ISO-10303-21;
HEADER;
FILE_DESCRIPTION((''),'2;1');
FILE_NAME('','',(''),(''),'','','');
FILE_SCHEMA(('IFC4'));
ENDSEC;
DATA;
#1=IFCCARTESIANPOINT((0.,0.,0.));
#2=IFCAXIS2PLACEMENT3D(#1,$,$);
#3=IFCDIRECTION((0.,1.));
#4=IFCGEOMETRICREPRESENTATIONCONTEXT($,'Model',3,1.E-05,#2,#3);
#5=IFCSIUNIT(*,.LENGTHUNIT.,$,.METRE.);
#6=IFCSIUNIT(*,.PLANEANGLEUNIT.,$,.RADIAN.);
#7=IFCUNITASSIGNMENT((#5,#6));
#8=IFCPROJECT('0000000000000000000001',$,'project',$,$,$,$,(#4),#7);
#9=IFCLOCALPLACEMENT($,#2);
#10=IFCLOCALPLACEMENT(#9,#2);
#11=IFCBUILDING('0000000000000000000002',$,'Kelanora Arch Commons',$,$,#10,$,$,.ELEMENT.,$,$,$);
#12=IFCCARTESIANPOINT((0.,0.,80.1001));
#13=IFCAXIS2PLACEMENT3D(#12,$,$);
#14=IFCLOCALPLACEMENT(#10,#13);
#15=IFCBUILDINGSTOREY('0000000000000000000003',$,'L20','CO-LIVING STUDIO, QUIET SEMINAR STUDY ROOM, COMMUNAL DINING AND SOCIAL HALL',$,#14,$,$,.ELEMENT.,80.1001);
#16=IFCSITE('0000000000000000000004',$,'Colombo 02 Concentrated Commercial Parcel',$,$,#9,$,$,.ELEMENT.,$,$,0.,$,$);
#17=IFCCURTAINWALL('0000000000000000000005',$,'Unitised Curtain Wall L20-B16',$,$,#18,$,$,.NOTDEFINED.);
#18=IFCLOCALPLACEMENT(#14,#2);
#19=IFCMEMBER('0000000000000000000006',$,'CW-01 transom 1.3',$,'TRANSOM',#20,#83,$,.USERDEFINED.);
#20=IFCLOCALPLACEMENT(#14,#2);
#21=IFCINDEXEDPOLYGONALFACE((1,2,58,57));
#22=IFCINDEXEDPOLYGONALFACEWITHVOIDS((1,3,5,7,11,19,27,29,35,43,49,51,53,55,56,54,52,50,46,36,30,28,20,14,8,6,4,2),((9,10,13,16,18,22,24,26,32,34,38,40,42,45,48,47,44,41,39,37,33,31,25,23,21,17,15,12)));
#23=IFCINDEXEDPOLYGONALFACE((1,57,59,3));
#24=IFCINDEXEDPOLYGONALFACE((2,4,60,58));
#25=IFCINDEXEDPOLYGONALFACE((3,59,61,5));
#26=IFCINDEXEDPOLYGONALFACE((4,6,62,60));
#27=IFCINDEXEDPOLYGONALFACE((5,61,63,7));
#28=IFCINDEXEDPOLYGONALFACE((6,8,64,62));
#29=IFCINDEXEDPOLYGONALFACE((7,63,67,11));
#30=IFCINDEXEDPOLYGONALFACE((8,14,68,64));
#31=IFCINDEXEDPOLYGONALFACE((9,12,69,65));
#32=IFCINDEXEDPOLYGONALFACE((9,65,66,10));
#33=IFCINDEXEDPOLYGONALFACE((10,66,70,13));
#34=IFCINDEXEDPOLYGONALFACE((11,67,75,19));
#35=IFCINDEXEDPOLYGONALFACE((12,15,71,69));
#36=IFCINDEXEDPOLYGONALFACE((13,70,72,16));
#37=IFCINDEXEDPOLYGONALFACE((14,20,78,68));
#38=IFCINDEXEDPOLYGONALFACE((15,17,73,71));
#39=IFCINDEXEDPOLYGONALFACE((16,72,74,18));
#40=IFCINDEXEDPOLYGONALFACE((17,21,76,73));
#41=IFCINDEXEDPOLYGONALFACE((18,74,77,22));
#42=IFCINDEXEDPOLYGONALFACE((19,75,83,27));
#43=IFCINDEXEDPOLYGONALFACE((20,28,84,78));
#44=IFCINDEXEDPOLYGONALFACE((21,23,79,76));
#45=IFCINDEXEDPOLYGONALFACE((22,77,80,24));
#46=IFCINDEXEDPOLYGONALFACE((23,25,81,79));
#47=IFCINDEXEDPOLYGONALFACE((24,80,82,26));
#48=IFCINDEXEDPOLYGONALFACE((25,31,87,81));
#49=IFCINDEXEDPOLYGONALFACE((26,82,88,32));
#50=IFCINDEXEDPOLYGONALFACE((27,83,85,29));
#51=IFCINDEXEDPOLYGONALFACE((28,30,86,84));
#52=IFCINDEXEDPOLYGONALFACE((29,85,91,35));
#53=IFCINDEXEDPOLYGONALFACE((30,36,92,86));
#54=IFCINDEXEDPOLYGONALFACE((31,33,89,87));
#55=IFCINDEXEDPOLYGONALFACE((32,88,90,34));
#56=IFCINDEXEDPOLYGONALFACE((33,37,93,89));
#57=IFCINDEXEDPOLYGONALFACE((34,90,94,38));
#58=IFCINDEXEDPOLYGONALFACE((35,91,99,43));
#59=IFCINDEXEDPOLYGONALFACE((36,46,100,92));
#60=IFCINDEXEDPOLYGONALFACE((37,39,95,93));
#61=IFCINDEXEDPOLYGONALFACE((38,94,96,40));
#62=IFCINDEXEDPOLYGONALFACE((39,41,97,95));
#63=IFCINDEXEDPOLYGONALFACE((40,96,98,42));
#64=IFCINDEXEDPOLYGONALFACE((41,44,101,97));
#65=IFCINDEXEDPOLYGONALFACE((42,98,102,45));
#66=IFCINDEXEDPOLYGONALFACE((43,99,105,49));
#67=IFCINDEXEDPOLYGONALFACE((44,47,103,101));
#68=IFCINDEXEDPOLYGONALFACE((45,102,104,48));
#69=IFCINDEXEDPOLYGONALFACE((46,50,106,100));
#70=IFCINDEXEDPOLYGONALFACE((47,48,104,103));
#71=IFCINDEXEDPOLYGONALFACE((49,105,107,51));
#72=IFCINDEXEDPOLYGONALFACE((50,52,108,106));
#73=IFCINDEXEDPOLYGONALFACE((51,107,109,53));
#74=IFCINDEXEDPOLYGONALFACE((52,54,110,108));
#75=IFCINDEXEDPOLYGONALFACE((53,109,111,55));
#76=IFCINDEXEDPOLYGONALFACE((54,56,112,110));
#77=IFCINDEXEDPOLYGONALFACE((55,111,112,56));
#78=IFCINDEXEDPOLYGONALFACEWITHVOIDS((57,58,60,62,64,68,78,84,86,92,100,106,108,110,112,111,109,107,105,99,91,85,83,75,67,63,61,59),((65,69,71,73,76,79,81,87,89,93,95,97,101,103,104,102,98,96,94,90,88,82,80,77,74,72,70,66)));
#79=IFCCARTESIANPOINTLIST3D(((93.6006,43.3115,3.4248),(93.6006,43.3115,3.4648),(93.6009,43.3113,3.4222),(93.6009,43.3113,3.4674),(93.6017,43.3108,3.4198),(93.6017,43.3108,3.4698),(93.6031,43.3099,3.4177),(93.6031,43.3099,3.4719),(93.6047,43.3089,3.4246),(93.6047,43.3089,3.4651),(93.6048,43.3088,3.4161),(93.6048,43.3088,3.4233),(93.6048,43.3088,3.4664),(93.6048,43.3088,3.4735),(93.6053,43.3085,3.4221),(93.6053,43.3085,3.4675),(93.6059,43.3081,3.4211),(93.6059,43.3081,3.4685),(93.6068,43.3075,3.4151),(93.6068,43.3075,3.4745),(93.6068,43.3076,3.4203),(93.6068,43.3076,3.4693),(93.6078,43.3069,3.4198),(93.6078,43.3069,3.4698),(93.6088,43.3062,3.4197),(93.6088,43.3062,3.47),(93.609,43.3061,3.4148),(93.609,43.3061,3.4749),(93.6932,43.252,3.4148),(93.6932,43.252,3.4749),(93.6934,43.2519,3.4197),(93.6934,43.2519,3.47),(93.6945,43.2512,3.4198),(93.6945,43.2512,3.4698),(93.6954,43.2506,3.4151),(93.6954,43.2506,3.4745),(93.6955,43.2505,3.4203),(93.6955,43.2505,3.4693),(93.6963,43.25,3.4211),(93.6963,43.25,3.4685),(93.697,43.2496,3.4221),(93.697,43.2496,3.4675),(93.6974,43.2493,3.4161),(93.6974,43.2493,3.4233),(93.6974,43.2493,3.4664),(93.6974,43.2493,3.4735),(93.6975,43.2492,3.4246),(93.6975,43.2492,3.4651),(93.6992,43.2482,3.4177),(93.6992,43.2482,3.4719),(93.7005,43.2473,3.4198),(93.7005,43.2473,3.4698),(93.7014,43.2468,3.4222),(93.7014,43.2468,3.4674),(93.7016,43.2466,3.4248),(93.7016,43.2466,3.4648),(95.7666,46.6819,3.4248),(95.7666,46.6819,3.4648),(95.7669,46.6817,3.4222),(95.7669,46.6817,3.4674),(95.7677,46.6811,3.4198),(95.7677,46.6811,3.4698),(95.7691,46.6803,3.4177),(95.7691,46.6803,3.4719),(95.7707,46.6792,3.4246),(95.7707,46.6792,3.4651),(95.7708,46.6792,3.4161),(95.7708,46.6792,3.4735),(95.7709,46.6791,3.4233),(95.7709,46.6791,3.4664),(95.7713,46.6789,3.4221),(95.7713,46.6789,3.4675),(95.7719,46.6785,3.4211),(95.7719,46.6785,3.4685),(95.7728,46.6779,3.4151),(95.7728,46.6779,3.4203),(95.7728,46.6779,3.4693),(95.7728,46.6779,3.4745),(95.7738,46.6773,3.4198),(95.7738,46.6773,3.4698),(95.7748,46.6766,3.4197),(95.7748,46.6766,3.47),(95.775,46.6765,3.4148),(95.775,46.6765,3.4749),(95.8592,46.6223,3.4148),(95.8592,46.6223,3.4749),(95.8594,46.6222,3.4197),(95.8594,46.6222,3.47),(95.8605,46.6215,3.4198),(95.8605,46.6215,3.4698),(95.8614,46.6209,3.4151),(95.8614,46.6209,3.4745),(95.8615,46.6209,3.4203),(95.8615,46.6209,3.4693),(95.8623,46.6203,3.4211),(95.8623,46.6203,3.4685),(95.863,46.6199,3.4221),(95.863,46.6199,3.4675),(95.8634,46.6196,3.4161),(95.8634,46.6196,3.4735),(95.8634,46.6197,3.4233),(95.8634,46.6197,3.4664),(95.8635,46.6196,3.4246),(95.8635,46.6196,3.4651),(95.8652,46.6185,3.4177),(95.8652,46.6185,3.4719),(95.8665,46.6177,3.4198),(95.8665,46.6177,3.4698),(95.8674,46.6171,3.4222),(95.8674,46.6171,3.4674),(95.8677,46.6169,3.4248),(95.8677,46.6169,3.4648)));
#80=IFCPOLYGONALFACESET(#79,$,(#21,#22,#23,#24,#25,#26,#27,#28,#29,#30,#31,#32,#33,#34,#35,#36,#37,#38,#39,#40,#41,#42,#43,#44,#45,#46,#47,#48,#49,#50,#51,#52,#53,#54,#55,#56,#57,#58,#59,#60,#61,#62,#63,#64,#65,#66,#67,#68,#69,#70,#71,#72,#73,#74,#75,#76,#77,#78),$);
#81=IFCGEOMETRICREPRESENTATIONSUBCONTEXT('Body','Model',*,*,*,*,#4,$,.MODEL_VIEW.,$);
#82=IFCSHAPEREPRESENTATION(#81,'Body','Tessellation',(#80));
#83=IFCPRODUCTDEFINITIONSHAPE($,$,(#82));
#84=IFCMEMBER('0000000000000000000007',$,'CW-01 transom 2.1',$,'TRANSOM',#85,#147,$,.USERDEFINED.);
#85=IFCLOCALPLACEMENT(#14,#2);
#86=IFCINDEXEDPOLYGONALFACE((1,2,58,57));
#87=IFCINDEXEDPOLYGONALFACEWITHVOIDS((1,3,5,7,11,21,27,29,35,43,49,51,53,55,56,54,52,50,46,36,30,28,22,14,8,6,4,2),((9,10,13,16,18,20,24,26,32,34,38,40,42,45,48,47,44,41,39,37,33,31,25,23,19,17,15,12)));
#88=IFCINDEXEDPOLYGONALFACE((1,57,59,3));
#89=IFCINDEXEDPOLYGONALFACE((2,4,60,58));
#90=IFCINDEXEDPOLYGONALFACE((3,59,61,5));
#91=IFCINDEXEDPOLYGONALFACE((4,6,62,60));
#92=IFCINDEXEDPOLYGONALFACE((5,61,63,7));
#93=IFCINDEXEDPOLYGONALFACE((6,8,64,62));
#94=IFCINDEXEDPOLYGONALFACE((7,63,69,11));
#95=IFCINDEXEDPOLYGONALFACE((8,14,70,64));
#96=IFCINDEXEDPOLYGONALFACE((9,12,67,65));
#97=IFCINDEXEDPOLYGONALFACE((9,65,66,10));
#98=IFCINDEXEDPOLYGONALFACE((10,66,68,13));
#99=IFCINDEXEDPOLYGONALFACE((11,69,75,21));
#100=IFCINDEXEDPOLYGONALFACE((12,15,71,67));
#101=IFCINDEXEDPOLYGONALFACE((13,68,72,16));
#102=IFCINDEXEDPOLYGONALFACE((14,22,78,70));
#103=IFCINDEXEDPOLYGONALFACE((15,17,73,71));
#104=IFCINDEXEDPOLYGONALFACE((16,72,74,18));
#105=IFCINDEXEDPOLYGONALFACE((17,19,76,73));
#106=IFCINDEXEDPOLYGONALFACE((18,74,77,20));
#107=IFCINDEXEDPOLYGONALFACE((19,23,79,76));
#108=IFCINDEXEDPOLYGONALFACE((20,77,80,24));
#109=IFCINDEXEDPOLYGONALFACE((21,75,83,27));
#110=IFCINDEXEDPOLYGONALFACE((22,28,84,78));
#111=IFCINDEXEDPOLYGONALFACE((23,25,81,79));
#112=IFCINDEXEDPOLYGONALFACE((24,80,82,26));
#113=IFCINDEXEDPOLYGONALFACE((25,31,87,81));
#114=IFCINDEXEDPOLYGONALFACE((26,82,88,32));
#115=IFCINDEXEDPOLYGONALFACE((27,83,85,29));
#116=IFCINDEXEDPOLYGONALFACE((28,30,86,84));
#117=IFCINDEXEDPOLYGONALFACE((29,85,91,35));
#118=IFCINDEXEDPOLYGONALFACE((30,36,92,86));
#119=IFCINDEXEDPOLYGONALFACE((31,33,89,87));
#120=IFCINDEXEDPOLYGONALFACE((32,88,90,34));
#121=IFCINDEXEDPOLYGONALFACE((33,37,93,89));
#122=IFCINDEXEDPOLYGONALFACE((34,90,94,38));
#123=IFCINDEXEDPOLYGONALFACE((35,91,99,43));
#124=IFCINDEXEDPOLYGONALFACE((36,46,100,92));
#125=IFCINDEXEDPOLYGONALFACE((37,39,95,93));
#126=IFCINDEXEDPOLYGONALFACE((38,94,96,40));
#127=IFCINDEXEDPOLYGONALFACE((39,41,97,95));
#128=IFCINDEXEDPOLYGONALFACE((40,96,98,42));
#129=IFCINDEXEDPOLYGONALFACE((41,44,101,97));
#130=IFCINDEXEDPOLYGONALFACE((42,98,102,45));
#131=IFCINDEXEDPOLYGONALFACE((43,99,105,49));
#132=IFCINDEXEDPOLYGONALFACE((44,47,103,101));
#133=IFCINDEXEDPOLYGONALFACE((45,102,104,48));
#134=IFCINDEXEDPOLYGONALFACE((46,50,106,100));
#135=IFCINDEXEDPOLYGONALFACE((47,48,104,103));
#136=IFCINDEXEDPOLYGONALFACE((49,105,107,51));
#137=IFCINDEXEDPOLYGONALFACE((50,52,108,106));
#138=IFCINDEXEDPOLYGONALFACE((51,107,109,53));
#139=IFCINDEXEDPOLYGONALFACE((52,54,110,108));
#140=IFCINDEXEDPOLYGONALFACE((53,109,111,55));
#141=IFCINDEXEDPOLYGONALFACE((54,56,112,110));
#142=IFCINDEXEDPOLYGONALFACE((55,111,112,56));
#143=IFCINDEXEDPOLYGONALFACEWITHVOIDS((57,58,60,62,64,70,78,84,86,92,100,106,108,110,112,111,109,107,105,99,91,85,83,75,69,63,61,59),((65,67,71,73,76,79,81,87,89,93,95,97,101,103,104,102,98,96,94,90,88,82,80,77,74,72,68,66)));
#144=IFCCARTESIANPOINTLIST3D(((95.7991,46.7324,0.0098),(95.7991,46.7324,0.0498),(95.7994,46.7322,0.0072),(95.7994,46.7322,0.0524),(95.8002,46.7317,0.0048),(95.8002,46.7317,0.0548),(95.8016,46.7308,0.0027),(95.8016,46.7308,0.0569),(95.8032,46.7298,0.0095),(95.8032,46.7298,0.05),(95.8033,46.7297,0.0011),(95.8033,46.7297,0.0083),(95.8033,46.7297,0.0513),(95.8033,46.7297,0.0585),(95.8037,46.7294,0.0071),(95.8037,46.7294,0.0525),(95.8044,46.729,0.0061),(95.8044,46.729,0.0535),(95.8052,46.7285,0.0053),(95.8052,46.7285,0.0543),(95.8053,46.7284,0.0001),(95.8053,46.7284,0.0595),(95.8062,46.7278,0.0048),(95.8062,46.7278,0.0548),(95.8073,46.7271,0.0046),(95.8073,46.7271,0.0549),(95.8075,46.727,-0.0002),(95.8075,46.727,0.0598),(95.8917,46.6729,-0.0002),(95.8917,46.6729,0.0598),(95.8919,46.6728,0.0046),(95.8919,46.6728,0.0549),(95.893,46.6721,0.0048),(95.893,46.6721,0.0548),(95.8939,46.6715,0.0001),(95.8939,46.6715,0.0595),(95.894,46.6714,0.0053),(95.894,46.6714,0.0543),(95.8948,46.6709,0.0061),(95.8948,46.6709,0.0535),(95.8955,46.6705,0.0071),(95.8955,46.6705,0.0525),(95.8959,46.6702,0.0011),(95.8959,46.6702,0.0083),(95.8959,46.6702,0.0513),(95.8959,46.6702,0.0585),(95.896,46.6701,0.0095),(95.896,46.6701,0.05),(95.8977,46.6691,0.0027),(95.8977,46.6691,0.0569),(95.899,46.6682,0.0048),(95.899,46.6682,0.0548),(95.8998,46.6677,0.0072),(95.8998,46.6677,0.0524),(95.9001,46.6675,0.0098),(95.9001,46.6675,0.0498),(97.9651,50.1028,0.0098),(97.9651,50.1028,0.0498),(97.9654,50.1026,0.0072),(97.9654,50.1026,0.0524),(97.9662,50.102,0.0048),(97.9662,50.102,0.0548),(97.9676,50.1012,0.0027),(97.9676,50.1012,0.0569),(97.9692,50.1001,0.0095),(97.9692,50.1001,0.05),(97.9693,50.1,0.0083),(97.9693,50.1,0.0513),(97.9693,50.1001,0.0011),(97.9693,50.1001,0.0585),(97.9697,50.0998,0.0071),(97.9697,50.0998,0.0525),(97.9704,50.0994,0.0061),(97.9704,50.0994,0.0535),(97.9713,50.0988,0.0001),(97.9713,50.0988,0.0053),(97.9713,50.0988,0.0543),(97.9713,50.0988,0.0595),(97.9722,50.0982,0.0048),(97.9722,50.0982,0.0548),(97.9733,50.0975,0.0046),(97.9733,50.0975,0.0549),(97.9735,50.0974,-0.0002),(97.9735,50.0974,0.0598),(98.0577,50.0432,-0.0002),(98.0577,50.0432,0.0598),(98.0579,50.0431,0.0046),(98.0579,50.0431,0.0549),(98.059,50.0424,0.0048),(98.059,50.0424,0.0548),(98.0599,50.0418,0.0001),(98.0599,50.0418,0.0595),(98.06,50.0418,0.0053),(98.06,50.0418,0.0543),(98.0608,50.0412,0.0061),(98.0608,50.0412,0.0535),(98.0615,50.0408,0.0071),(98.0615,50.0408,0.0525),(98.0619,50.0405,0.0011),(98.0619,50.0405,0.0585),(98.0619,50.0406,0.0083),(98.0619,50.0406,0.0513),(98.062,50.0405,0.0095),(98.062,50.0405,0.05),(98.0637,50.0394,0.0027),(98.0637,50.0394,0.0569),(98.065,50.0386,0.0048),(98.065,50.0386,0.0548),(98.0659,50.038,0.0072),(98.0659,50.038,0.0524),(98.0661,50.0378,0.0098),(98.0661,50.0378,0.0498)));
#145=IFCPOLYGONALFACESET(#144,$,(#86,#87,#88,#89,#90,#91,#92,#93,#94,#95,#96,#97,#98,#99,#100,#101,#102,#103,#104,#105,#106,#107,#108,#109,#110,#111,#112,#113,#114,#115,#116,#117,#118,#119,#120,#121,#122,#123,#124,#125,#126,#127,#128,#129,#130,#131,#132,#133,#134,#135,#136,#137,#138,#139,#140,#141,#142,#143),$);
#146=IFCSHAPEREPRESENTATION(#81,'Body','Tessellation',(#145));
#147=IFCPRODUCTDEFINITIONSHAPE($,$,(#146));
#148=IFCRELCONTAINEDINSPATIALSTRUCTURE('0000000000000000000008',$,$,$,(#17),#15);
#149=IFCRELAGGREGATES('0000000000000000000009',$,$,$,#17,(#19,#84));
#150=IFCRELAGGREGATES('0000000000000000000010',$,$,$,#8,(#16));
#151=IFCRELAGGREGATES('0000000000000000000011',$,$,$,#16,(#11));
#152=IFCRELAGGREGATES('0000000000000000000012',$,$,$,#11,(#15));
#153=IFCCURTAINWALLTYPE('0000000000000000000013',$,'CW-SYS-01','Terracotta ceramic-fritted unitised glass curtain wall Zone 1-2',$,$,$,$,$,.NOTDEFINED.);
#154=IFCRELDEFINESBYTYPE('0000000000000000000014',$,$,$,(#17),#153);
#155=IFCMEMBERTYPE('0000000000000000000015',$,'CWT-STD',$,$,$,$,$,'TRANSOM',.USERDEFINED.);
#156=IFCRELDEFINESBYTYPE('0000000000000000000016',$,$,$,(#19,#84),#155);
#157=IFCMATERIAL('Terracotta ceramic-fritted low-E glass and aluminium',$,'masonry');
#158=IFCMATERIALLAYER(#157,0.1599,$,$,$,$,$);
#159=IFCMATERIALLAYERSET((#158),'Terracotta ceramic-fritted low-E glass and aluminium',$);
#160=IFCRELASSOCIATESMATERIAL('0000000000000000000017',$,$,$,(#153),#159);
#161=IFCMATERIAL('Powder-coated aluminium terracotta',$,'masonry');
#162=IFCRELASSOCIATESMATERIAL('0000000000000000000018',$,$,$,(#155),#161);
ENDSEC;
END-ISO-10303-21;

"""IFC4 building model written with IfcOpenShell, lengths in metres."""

from ifc_helpers import new_model, si_unit, direction, frame, origin, origin_2d, place, context, subcontext, project, spatial, hollow_rectangle, extrude, material, layer, layer_set, material_profile, profile_set, type_object, element, aggregate, save


model = new_model("IFC4")

# Units and contexts
model_context = context("Model", 3, precision=1e-05, world=origin(), true_north=direction((0.0, 1.0)))
body_context = subcontext(model_context, "Body", "Model", "MODEL_VIEW")
ifc_project = project(units=[si_unit("LENGTHUNIT", "METRE"), si_unit("PLANEANGLEUNIT", "RADIAN")], contexts=[model_context])

# Site, building, storey
site_placement = place(None, origin())
site = spatial("IfcSite", under=ifc_project, at=site_placement, Name="Colombo 02 Concentrated Commercial Parcel", CompositionType="ELEMENT", RefElevation=0.0)
building_placement = place(site_placement, origin())
building = spatial("IfcBuilding", under=site, at=building_placement, Name="Kelanora Arch Commons", CompositionType="ELEMENT")
storey_placement = place(building_placement, frame((0.0, 0.0, 80.1001)))
storey = spatial("IfcBuildingStorey", under=building, at=storey_placement, Name="L20", Description="CO-LIVING STUDIO, QUIET SEMINAR STUDY ROOM, COMMUNAL DINING AND SOCIAL HALL", CompositionType="ELEMENT", Elevation=80.1001)

# Shared definitions
ifc_material_1 = material(Name="Terracotta ceramic-fritted low-E glass and aluminium", Category="masonry")
ifc_layer_1 = layer(ifc_material_1, 0.1599)
ifc_layer_set_1 = layer_set([ifc_layer_1], Name="Terracotta ceramic-fritted low-E glass and aluminium")
curtain_wall_type = type_object("IfcCurtainWallType", Name="CW-SYS-01", Description="Terracotta ceramic-fritted unitised glass curtain wall Zone 1-2", PredefinedType="NOTDEFINED", material=ifc_layer_set_1)
ifc_material_2 = material(Name="Powder-coated aluminium terracotta", Category="masonry")

# Curtain wall, members
curtain_wall_1_placement = place(storey_placement, origin())
curtain_wall_1 = element("IfcCurtainWall", 1, at=curtain_wall_1_placement, inside=storey, type_object=curtain_wall_type, Name="Unitised Curtain Wall L20-B16", PredefinedType="NOTDEFINED")
ifc_material_profile_1 = material_profile(ifc_material_2, hollow_rectangle(XDim=0.1201, YDim=0.0601, WallThickness=0.0049, InnerFilletRadius=0.0049, OuterFilletRadius=0.01, at=origin_2d()), Name="CWT120x60")
ifc_profile_set_1 = profile_set([ifc_material_profile_1], Name="Powder-coated aluminium terracotta")
member_type_1 = type_object("IfcMemberType", Name="CWT-STD", ElementType="TRANSOM", PredefinedType="USERDEFINED", material=ifc_profile_set_1)
member_1_placement = place(storey_placement, frame((93.6511, 43.2791, 3.4448), z_axis=(0.540644, 0.841252, 0.0), x_axis=(-0.841252, 0.540644, 0.0)))
member_1 = element("IfcMember", 2, at=member_1_placement, type_object=member_type_1, Name="CW-01 transom 1.3", ObjectType="TRANSOM", PredefinedType="USERDEFINED", context=body_context, shape_type="SweptSolid", body=[
    extrude(hollow_rectangle(XDim=0.1201, YDim=0.0601, WallThickness=0.0049, InnerFilletRadius=0.0049, OuterFilletRadius=0.01, at=origin_2d()), origin(), (0.0, 0.0, 1.0), 4.0063),
])
member_2_placement = place(storey_placement, frame((95.8496, 46.7, 0.0298), z_axis=(0.540644, 0.841252, 0.0), x_axis=(-0.841252, 0.540644, 0.0)))
member_2 = element("IfcMember", 3, at=member_2_placement, type_object=member_type_1, Name="CW-01 transom 2.1", ObjectType="TRANSOM", PredefinedType="USERDEFINED", context=body_context, shape_type="SweptSolid", body=[
    extrude(hollow_rectangle(XDim=0.1201, YDim=0.0601, WallThickness=0.0049, InnerFilletRadius=0.0049, OuterFilletRadius=0.01, at=origin_2d()), origin(), (0.0, 0.0, 1.0), 4.0063),
])
aggregate(curtain_wall_1, [member_1, member_2])

save(model, "model.ifc")
